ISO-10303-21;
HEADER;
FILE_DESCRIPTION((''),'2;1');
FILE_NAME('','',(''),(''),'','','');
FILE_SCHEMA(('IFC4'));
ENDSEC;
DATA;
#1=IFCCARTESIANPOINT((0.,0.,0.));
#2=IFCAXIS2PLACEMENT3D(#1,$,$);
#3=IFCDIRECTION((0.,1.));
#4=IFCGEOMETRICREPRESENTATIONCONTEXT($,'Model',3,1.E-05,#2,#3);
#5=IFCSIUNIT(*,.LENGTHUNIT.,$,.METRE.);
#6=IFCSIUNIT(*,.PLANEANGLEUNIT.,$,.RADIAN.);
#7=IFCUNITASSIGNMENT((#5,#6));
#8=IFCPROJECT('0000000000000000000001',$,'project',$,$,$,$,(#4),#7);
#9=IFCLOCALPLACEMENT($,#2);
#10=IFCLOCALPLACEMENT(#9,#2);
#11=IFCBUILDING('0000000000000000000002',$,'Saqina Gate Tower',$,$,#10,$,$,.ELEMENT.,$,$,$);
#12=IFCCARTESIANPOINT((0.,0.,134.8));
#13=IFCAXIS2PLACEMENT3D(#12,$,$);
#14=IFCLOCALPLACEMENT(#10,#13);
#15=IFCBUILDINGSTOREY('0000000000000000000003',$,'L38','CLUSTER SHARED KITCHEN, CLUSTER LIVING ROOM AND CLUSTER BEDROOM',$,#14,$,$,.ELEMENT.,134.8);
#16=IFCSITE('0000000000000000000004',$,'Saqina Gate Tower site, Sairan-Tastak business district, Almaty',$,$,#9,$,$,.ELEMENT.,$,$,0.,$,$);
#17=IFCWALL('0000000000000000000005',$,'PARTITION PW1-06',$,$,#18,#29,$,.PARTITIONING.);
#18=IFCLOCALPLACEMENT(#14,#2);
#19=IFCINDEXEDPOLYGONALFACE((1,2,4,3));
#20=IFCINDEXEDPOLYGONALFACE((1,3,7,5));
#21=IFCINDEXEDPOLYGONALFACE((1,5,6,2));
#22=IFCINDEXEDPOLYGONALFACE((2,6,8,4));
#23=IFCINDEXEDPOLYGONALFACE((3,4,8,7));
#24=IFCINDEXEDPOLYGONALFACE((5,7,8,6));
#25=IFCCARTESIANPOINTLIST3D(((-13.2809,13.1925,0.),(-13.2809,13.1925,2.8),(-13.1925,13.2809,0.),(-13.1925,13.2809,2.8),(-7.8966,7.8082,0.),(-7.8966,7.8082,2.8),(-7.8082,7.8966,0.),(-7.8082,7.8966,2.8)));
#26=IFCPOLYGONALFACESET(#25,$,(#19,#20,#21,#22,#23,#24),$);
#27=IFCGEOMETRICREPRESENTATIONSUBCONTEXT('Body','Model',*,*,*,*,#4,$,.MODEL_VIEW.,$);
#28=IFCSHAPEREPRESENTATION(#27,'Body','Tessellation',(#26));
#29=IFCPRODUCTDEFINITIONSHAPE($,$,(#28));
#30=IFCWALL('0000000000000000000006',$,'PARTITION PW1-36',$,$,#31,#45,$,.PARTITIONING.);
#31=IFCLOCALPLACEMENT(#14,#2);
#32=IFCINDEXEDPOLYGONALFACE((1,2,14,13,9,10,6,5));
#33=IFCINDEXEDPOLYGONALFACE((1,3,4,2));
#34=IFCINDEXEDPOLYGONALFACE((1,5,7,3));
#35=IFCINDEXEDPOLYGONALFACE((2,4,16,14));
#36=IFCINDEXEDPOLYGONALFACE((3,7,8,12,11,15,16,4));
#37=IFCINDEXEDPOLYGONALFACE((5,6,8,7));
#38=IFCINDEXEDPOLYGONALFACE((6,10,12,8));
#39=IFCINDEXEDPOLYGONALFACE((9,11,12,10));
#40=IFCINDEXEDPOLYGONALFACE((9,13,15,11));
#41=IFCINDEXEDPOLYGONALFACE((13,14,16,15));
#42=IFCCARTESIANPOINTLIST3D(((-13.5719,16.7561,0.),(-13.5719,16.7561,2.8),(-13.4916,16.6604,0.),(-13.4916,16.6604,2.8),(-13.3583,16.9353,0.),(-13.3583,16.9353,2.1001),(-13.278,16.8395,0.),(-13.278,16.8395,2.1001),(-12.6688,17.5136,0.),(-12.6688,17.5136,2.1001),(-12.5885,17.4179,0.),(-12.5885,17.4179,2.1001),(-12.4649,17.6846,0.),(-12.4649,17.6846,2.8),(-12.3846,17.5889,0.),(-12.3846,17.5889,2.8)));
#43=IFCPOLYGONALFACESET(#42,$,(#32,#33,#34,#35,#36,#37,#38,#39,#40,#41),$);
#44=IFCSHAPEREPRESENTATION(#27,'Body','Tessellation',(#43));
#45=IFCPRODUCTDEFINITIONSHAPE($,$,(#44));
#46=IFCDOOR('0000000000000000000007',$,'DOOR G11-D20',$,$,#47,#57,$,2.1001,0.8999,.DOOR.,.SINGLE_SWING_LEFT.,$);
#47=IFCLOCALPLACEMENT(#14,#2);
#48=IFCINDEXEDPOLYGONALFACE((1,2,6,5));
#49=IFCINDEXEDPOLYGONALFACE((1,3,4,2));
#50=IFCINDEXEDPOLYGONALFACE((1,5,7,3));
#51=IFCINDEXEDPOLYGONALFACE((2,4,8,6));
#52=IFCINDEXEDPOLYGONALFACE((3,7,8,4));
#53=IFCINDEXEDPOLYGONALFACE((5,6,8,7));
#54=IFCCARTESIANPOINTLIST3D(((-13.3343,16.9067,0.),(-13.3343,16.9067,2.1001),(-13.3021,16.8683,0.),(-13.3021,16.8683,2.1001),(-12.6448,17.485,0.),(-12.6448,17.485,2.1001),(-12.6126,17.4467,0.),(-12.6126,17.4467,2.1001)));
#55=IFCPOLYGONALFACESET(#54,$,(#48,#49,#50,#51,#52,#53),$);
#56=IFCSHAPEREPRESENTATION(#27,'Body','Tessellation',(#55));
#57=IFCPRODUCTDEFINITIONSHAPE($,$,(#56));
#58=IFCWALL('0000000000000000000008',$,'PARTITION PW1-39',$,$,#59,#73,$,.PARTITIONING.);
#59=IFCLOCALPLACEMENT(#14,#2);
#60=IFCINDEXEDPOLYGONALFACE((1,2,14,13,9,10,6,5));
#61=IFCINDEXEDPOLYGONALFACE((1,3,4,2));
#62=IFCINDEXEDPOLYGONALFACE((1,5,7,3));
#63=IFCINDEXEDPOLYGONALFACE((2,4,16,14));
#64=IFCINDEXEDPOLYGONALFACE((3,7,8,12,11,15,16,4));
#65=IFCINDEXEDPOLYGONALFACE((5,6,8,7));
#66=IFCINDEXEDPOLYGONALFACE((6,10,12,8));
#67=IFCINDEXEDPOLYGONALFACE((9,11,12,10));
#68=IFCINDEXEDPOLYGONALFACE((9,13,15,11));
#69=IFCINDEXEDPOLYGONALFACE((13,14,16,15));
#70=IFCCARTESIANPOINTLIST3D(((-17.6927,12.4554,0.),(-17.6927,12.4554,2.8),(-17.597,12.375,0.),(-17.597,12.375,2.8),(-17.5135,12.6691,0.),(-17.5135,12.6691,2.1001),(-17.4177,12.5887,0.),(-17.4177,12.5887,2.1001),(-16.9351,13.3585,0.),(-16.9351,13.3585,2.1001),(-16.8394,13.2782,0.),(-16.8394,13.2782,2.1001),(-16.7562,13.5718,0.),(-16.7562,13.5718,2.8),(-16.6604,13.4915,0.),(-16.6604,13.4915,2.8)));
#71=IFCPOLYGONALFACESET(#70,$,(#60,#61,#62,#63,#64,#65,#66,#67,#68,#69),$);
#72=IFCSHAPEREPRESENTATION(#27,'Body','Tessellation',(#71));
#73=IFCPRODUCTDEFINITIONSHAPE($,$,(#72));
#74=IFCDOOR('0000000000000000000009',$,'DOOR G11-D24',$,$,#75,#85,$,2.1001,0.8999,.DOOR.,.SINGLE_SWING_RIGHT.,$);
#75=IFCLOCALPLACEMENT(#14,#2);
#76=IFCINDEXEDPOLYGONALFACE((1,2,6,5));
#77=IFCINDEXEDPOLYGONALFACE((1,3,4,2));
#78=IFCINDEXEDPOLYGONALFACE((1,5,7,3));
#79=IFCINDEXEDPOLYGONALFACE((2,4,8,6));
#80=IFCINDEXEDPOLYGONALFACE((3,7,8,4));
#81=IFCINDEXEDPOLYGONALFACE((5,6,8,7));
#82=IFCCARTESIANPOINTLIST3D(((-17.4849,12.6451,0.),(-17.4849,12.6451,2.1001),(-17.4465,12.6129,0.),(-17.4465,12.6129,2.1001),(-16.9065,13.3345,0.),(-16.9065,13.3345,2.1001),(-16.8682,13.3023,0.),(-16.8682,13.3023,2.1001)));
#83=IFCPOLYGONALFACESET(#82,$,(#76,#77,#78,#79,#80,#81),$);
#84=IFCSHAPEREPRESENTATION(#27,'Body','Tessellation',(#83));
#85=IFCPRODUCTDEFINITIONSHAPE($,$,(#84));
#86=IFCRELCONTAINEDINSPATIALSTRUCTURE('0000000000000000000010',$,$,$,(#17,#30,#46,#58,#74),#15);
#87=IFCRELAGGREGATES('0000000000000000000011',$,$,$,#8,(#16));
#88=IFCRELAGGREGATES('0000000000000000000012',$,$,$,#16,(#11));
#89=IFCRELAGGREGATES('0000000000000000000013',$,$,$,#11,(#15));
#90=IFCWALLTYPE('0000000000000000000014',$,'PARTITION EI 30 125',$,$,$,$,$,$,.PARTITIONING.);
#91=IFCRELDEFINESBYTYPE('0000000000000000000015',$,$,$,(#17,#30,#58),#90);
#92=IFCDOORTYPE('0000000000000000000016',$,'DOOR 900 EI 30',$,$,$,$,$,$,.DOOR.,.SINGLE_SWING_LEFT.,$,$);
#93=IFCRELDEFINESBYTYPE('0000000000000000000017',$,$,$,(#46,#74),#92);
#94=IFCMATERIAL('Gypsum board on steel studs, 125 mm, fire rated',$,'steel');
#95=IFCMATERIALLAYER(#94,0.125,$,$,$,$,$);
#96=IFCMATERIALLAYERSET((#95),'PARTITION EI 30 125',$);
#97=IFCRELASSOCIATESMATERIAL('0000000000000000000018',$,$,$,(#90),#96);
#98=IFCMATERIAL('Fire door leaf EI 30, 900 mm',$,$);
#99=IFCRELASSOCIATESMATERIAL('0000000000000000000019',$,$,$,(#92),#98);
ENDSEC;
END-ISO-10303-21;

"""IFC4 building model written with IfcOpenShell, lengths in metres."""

from ifc_helpers import new_model, si_unit, direction, frame, frame_2d, origin, place, context, subcontext, project, spatial, rectangle, extrude, material, layer, layer_set, type_object, element, fill, save


model = new_model("IFC4")

# Units and contexts
model_context = context("Model", 3, precision=1e-05, world=origin(), true_north=direction((0.0, 1.0)))
body_context = subcontext(model_context, "Body", "Model", "MODEL_VIEW")
ifc_project = project(units=[si_unit("LENGTHUNIT", "METRE"), si_unit("PLANEANGLEUNIT", "RADIAN")], contexts=[model_context])

# Site, building, storey
site_placement = place(None, origin())
site = spatial("IfcSite", under=ifc_project, at=site_placement, Name="Saqina Gate Tower site, Sairan-Tastak business district, Almaty", CompositionType="ELEMENT", RefElevation=0.0)
building_placement = place(site_placement, origin())
building = spatial("IfcBuilding", under=site, at=building_placement, Name="Saqina Gate Tower", CompositionType="ELEMENT")
storey_placement = place(building_placement, frame((0.0, 0.0, 134.8)))
storey = spatial("IfcBuildingStorey", under=building, at=storey_placement, Name="L38", Description="CLUSTER SHARED KITCHEN, CLUSTER LIVING ROOM AND CLUSTER BEDROOM", CompositionType="ELEMENT", Elevation=134.8)

# Wall
ifc_material_1 = material(Name="Gypsum board on steel studs, 125 mm, fire rated", Category="steel")
ifc_layer_1 = layer(ifc_material_1, 0.125)
ifc_layer_set_1 = layer_set([ifc_layer_1], Name="PARTITION EI 30 125")
wall_type_1 = type_object("IfcWallType", Name="PARTITION EI 30 125", PredefinedType="PARTITIONING", material=ifc_layer_set_1)
wall_1_placement = place(storey_placement, frame((-13.2366, 13.2366, 0.0), z_axis=(0.0, 0.0, 1.0), x_axis=(0.707107, -0.707107, 0.0)))
element("IfcWall", 1, at=wall_1_placement, inside=storey, type_object=wall_type_1, Name="PARTITION PW1-06", PredefinedType="PARTITIONING", context=body_context, shape_type="SweptSolid", body=[
    extrude(rectangle(XDim=7.6145, YDim=0.125, at=frame_2d((3.8071, 0.0))), origin(), (0.0, 0.0, 1.0), 2.8),
])

# Walls, openings, doors
wall_2_placement = place(storey_placement, frame((-13.5317, 16.7083, 0.0), z_axis=(0.0, 0.0, 1.0), x_axis=(0.766167, 0.642641, 0.0)))
wall_2 = element("IfcWall", 2, at=wall_2_placement, inside=storey, type_object=wall_type_1, Name="PARTITION PW1-36", PredefinedType="PARTITIONING", context=body_context, shape_type="SweptSolid", body=[
    extrude(rectangle(XDim=1.4448, YDim=0.125, at=frame_2d((0.7224, 0.0))), origin(), (0.0, 0.0, 1.0), 2.8),
])
opening_1_placement = place(wall_2_placement, frame((0.2788, 0.0, 0.0)))
opening_1 = element("IfcOpeningElement", 3, at=opening_1_placement, cuts=wall_2, PredefinedType="OPENING", context=body_context, shape_type="SweptSolid", body=[
    extrude(rectangle(XDim=0.8999, YDim=2.1001, at=frame_2d((0.45, 1.05))), frame((0.0, 0.0745, 0.0), z_axis=(0.0, -1.0, 0.0), x_axis=(1.0, 0.0, 0.0)), (0.0, 0.0, 1.0), 0.1489),
])
ifc_material_2 = material(Name="Fire door leaf EI 30, 900 mm")
door_type_1 = type_object("IfcDoorType", Name="DOOR 900 EI 30", OperationType="SINGLE_SWING_LEFT", PredefinedType="DOOR", material=ifc_material_2)
door_1_placement = place(opening_1_placement, frame((0.8999, 0.0, 0.0), z_axis=(0.0, 0.0, 1.0), x_axis=(-1.0, 0.0, 0.0)))
door_1 = element("IfcDoor", 4, at=door_1_placement, inside=storey, type_object=door_type_1, Name="DOOR G11-D20", OperationType="SINGLE_SWING_LEFT", OverallHeight=2.1001, OverallWidth=0.8999, PredefinedType="DOOR", context=body_context, shape_type="SweptSolid", body=[
    extrude(rectangle(XDim=0.8999, YDim=2.1001, at=frame_2d((0.45, 1.05))), frame((0.0, 0.0249, 0.0), z_axis=(0.0, -1.0, 0.0), x_axis=(1.0, 0.0, 0.0)), (0.0, 0.0, 1.0), 0.05),
])
fill(opening_1, door_1)
wall_3_placement = place(storey_placement, frame((-17.6448, 12.4153, 0.0), z_axis=(0.0, 0.0, 1.0), x_axis=(0.642669, 0.766144, 0.0)))
wall_3 = element("IfcWall", 5, at=wall_3_placement, inside=storey, type_object=wall_type_1, Name="PARTITION PW1-39", PredefinedType="PARTITIONING", context=body_context, shape_type="SweptSolid", body=[
    extrude(rectangle(XDim=1.4573, YDim=0.125, at=frame_2d((0.7285, 0.0))), origin(), (0.0, 0.0, 1.0), 2.8),
])
opening_2_placement = place(wall_3_placement, frame((0.2788, 0.0, 0.0)))
opening_2 = element("IfcOpeningElement", 6, at=opening_2_placement, cuts=wall_3, PredefinedType="OPENING", context=body_context, shape_type="SweptSolid", body=[
    extrude(rectangle(XDim=0.8999, YDim=2.1001, at=frame_2d((0.45, 1.05))), frame((0.0, 0.0745, 0.0), z_axis=(0.0, -1.0, 0.0), x_axis=(1.0, 0.0, 0.0)), (0.0, 0.0, 1.0), 0.1489),
])
door_2_placement = place(opening_2_placement, frame((0.8999, 0.0, 0.0), z_axis=(0.0, 0.0, 1.0), x_axis=(-1.0, 0.0, 0.0)))
door_2 = element("IfcDoor", 7, at=door_2_placement, inside=storey, type_object=door_type_1, Name="DOOR G11-D24", OperationType="SINGLE_SWING_RIGHT", OverallHeight=2.1001, OverallWidth=0.8999, PredefinedType="DOOR", context=body_context, shape_type="SweptSolid", body=[
    extrude(rectangle(XDim=0.8999, YDim=2.1001, at=frame_2d((0.45, 1.05))), frame((0.0, 0.0249, 0.0), z_axis=(0.0, -1.0, 0.0), x_axis=(1.0, 0.0, 0.0)), (0.0, 0.0, 1.0), 0.05),
])
fill(opening_2, door_2)

save(model, "model.ifc")
